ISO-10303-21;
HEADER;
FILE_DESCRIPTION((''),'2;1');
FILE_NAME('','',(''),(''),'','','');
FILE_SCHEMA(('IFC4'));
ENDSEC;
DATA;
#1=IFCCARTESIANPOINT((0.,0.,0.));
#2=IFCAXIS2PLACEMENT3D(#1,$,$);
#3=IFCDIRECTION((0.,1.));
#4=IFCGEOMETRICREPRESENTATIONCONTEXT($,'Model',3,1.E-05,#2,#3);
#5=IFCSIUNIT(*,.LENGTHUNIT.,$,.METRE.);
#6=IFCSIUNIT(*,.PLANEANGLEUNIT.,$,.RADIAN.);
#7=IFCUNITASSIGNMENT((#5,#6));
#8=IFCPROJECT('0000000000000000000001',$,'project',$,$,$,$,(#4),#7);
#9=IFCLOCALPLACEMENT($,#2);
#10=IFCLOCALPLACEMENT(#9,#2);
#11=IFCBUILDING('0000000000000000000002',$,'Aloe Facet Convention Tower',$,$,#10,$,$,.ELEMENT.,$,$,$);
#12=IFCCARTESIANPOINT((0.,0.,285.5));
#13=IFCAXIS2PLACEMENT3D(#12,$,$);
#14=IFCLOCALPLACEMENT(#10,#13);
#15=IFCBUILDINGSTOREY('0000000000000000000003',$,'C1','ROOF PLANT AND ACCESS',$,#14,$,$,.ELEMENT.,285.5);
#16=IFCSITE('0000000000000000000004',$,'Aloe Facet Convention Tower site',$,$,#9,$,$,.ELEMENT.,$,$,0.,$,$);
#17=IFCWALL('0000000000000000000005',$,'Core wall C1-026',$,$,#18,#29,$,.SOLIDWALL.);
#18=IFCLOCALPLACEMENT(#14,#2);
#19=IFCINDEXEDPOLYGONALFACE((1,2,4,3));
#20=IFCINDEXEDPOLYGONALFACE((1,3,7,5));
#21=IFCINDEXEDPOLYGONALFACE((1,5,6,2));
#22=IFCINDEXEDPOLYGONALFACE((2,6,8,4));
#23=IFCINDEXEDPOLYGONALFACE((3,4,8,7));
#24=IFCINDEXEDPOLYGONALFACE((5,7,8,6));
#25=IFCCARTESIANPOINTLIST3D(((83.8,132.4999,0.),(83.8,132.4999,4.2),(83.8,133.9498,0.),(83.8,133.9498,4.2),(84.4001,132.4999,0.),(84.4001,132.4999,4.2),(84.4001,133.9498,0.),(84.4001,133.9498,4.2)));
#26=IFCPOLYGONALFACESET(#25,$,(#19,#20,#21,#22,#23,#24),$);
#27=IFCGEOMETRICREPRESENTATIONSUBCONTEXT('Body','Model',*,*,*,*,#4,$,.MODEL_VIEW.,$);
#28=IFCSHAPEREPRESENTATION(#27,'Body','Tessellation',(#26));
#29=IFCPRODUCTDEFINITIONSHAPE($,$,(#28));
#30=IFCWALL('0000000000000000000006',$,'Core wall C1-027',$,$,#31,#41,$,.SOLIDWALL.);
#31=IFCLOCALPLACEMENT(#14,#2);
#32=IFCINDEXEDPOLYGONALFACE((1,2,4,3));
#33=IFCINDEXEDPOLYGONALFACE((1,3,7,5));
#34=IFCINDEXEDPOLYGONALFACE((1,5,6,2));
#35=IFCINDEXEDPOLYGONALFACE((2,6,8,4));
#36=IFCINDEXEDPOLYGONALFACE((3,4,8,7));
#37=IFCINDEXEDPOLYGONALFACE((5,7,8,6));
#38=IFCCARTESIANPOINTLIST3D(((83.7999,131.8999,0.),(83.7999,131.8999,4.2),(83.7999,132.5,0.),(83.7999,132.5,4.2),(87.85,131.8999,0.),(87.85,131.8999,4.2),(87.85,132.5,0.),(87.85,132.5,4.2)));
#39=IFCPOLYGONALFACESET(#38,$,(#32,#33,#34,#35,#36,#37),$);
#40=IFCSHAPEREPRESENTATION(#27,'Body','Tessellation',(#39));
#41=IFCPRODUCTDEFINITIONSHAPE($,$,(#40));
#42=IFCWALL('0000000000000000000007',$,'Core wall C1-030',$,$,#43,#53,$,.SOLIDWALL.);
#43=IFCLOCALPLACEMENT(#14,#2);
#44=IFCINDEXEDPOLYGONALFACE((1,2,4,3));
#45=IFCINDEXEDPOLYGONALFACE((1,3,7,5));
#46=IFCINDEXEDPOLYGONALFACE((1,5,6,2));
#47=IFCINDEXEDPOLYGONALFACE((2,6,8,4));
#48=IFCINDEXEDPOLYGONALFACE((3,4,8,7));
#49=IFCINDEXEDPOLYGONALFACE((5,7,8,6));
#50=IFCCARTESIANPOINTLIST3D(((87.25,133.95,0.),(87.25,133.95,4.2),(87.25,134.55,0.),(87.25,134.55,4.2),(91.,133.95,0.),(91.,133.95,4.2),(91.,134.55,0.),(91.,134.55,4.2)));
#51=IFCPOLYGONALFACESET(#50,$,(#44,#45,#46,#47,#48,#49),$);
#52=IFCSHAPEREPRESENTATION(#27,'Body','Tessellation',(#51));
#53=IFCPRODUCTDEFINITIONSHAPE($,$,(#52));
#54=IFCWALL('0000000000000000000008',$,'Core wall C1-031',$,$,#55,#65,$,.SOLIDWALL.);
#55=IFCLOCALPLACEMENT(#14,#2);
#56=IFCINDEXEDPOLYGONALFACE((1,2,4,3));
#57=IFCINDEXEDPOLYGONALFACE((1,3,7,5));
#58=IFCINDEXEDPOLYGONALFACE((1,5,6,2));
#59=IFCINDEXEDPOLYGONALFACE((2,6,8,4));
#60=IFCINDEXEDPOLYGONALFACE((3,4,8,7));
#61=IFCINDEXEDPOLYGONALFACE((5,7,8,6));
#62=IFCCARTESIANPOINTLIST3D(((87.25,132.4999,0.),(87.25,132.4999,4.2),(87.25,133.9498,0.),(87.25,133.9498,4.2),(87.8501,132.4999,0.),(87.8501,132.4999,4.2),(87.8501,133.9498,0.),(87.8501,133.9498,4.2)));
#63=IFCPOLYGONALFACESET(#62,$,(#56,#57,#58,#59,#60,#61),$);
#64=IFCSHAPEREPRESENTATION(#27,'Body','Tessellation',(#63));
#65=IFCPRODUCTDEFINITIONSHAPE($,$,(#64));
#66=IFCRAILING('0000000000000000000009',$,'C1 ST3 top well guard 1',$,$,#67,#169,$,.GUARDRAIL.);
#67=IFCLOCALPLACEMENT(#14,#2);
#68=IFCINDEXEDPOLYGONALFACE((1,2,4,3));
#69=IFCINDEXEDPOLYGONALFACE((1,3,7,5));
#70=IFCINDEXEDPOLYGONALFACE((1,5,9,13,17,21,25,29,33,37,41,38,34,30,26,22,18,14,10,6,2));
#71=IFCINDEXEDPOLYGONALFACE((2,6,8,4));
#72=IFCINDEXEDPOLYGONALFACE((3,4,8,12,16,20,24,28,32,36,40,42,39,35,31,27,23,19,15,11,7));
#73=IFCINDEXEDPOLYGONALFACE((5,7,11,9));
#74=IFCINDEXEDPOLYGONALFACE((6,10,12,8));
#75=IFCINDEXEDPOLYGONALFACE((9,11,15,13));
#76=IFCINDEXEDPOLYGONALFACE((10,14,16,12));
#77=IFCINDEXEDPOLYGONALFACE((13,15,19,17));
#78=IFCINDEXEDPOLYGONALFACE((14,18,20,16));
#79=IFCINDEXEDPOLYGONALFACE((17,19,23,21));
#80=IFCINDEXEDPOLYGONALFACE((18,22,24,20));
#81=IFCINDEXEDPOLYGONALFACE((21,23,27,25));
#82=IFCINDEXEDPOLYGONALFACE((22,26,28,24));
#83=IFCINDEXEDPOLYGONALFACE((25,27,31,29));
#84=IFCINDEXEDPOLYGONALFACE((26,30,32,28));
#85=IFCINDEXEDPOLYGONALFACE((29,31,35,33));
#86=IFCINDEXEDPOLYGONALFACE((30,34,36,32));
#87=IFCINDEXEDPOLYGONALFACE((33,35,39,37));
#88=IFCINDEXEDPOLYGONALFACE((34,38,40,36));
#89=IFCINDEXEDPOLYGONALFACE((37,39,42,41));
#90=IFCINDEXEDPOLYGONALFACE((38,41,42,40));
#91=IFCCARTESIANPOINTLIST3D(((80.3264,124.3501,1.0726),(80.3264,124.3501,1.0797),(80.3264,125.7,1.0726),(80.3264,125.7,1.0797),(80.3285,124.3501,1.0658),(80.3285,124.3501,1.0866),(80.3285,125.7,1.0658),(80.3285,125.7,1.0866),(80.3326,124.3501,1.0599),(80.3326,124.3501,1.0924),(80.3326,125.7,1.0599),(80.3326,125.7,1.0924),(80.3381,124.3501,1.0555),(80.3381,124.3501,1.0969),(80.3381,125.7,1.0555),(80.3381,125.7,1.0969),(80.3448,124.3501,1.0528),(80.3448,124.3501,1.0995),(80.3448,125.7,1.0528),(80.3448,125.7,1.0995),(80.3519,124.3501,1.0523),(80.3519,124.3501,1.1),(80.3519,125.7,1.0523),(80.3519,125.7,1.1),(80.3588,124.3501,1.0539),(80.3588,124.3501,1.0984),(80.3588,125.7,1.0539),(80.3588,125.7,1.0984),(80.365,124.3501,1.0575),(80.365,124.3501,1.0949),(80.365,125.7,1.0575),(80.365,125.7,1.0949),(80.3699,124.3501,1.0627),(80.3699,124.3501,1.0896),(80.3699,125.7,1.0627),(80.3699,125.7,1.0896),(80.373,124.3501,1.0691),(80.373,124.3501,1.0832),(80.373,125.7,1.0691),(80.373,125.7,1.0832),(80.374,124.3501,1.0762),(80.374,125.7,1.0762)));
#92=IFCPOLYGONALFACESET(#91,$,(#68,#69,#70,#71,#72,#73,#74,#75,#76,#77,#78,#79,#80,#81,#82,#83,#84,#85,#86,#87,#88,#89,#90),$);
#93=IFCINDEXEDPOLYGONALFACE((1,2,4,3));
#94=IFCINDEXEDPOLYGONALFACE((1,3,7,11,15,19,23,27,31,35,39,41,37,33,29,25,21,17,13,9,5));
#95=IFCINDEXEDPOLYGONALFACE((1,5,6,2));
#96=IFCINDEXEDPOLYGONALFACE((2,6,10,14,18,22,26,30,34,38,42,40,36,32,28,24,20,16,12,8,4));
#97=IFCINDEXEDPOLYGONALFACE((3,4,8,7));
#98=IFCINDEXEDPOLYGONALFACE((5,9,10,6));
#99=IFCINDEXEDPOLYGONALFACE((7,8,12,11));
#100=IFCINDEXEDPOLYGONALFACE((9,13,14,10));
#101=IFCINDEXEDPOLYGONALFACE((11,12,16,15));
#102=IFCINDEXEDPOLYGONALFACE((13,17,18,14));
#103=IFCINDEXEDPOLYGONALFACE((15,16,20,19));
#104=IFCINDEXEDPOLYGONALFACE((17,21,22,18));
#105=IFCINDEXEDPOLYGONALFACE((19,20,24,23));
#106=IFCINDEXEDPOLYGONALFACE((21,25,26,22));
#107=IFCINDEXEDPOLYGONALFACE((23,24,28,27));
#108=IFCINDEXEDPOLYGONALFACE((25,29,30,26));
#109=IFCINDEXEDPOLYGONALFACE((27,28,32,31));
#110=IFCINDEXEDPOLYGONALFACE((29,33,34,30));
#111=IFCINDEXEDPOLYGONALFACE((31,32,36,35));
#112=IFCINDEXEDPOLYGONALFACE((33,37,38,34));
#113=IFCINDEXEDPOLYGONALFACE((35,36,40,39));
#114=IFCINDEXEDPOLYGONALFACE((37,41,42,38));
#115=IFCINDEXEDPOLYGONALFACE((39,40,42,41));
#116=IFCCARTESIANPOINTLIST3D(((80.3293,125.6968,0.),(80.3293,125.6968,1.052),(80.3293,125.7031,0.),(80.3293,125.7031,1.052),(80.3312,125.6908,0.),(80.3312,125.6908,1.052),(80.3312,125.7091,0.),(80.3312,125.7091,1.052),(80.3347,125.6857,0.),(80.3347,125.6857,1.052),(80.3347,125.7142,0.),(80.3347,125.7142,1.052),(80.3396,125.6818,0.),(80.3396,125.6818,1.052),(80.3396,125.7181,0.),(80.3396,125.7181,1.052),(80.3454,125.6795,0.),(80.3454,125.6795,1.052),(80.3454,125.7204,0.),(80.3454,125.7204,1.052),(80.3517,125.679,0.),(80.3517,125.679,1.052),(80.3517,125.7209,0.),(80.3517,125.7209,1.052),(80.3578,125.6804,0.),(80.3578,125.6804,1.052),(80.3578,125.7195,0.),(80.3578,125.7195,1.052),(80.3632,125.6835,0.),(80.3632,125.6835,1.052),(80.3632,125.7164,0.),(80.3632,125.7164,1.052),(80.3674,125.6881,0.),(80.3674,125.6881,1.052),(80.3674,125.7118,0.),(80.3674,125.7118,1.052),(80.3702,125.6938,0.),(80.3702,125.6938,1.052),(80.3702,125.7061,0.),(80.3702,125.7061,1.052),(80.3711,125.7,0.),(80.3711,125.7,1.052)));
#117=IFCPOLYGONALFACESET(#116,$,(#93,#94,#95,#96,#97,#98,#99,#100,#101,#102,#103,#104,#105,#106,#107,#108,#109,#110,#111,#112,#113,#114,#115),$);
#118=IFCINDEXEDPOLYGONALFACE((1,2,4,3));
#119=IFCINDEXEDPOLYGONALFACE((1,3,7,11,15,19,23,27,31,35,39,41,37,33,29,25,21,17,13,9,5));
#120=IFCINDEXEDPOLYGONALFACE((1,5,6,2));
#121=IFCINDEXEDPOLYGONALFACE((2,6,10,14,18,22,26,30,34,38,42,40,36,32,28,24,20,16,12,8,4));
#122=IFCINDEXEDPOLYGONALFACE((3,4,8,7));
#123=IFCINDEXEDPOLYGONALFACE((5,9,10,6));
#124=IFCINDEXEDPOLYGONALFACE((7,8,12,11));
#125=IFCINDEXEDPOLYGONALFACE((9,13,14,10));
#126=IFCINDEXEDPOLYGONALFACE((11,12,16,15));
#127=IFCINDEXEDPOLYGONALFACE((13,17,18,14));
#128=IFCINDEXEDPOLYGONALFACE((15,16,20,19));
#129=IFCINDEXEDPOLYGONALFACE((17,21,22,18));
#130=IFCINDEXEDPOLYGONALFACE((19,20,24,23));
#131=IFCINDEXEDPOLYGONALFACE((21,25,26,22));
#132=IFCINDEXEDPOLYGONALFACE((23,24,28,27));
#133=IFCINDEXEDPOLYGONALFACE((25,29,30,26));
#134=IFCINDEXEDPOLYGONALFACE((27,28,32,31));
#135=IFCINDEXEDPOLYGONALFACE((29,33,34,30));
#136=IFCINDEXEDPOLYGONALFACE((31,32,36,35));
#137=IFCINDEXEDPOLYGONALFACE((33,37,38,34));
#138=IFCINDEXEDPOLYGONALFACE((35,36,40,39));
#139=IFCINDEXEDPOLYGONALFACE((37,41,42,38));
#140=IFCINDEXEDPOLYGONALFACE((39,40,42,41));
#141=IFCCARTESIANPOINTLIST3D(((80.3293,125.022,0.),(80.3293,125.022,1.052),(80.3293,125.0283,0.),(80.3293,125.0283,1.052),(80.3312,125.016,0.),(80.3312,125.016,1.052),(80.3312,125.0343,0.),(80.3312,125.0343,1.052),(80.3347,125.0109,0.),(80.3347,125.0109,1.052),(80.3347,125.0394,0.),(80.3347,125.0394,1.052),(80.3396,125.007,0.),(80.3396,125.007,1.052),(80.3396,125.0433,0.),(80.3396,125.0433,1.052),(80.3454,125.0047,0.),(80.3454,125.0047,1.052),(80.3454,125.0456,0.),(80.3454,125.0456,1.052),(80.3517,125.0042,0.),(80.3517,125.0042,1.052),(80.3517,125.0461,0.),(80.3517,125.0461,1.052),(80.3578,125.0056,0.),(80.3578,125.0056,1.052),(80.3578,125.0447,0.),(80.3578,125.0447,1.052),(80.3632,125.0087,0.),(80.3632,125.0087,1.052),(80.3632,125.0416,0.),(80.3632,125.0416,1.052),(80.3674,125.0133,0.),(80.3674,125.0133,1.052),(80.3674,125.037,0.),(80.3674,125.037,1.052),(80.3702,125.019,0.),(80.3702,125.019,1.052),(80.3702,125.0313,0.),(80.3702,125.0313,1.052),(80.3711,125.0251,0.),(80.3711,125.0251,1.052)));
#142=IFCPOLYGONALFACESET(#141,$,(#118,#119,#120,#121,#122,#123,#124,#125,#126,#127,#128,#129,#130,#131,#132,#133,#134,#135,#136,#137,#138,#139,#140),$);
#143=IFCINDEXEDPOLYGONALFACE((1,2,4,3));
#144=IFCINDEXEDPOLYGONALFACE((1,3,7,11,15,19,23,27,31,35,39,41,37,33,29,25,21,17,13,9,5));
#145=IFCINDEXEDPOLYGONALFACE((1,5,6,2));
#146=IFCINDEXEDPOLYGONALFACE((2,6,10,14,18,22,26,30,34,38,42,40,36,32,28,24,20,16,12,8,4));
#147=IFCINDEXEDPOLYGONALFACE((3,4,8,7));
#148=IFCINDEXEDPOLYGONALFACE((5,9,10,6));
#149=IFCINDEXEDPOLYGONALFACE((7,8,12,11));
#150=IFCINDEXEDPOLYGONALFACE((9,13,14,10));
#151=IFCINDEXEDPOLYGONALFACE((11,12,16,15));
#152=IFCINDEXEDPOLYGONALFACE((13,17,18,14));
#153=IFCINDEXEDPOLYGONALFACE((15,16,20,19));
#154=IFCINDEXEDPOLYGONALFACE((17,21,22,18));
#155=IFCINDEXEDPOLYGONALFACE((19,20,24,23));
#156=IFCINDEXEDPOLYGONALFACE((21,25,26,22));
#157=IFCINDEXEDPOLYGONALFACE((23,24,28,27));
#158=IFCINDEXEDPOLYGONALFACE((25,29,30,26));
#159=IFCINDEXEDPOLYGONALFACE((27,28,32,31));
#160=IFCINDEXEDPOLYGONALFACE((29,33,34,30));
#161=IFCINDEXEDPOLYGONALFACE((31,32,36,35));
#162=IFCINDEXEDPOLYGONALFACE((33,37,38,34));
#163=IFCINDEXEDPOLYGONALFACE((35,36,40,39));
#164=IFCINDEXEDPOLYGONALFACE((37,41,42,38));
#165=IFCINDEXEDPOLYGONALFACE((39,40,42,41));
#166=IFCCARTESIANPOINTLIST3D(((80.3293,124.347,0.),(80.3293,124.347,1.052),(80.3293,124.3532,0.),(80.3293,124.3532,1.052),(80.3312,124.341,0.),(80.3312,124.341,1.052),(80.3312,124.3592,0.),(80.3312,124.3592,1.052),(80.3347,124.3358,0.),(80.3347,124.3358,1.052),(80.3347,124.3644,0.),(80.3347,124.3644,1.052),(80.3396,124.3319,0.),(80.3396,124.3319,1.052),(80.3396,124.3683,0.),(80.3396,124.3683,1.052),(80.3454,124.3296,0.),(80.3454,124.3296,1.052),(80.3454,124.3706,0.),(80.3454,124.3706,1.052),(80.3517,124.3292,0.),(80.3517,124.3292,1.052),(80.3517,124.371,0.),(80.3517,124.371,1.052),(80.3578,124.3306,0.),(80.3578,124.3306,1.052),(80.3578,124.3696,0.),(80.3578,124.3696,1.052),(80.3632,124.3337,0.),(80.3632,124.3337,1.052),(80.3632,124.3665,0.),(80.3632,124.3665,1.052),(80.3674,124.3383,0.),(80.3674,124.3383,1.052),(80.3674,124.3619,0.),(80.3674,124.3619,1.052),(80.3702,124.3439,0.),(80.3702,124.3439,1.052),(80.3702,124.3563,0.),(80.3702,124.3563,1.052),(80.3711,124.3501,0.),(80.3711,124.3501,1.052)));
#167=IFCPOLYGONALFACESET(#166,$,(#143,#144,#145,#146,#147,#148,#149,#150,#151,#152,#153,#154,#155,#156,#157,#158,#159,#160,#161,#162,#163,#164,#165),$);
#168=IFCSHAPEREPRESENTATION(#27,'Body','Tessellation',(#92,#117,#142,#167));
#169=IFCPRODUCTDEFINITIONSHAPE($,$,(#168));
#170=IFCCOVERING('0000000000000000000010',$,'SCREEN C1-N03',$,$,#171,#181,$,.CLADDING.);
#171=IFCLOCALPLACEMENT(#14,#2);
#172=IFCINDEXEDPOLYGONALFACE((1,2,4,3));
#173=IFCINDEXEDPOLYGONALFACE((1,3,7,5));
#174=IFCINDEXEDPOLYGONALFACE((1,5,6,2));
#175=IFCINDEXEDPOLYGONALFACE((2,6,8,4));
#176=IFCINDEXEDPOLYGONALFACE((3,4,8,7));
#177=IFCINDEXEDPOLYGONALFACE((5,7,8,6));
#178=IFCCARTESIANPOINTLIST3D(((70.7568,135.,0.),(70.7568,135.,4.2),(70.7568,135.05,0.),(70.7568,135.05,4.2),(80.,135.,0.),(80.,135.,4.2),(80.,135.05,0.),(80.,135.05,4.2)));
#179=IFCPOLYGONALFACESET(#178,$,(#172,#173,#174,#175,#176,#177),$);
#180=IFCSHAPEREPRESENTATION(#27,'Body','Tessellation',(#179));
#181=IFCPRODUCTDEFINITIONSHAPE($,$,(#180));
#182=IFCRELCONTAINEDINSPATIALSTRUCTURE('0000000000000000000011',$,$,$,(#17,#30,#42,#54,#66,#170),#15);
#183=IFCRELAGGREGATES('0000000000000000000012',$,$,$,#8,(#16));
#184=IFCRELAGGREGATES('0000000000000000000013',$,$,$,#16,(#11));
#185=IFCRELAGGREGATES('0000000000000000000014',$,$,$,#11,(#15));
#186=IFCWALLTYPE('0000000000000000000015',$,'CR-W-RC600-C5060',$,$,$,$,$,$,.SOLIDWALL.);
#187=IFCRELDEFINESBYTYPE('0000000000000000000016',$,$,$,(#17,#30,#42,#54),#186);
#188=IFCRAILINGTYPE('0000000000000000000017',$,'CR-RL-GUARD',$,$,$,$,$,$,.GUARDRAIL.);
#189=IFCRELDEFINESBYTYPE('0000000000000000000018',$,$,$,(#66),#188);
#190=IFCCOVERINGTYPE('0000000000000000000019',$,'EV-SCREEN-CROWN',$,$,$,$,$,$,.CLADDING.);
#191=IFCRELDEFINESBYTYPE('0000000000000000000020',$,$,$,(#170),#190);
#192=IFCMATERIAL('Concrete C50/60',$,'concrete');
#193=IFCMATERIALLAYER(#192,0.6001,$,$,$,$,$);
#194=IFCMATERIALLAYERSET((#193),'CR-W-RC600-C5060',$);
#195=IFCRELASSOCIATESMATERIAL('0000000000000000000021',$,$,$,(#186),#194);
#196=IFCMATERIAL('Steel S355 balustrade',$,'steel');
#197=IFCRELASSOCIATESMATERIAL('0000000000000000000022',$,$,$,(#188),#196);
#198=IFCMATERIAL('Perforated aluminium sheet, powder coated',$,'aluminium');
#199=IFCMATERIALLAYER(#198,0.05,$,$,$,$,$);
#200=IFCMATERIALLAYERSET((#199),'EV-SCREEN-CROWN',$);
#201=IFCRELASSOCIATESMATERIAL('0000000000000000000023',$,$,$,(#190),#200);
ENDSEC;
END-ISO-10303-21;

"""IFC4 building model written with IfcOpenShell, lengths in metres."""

from ifc_helpers import new_model, si_unit, direction, frame, frame_2d, origin, origin_2d, place, context, subcontext, project, spatial, polyline, rectangle, circle, outline, extrude, material, layer, layer_set, type_object, element, save


model = new_model("IFC4")

# Units and contexts
model_context = context("Model", 3, precision=1e-05, world=origin(), true_north=direction((0.0, 1.0)))
body_context = subcontext(model_context, "Body", "Model", "MODEL_VIEW")
ifc_project = project(units=[si_unit("LENGTHUNIT", "METRE"), si_unit("PLANEANGLEUNIT", "RADIAN")], contexts=[model_context])

# Site, building, storey
site_placement = place(None, origin())
site = spatial("IfcSite", under=ifc_project, at=site_placement, Name="Aloe Facet Convention Tower site", CompositionType="ELEMENT", RefElevation=0.0)
building_placement = place(site_placement, origin())
building = spatial("IfcBuilding", under=site, at=building_placement, Name="Aloe Facet Convention Tower", CompositionType="ELEMENT")
storey_placement = place(building_placement, frame((0.0, 0.0, 285.5)))
storey = spatial("IfcBuildingStorey", under=building, at=storey_placement, Name="C1", Description="ROOF PLANT AND ACCESS", CompositionType="ELEMENT", Elevation=285.5)

# Walls
ifc_material_1 = material(Name="Concrete C50/60", Category="concrete")
ifc_layer_1 = layer(ifc_material_1, 0.6001)
ifc_layer_set_1 = layer_set([ifc_layer_1], Name="CR-W-RC600-C5060")
wall_type_1 = type_object("IfcWallType", Name="CR-W-RC600-C5060", PredefinedType="SOLIDWALL", material=ifc_layer_set_1)
wall_1_placement = place(storey_placement, frame((84.1001, 133.95, 0.0), z_axis=(0.0, 0.0, 1.0), x_axis=(0.0, -1.0, 0.0)))
element("IfcWall", 1, at=wall_1_placement, inside=storey, type_object=wall_type_1, Name="Core wall C1-026", PredefinedType="SOLIDWALL", context=body_context, shape_type="SweptSolid", body=[
    extrude(rectangle(XDim=1.45, YDim=0.6001, at=frame_2d((0.7251, 0.0))), origin(), (0.0, 0.0, 1.0), 4.2),
])
wall_2_placement = place(storey_placement, frame((83.8, 132.2, 0.0), z_axis=(0.0, 0.0, 1.0), x_axis=(1.0, 0.0, 0.0)))
element("IfcWall", 2, at=wall_2_placement, inside=storey, type_object=wall_type_1, Name="Core wall C1-027", PredefinedType="SOLIDWALL", context=body_context, shape_type="SweptSolid", body=[
    extrude(rectangle(XDim=4.05, YDim=0.6001, at=frame_2d((2.0249, 0.0))), origin(), (0.0, 0.0, 1.0), 4.2),
])
wall_3_placement = place(storey_placement, frame((87.25, 134.25, 0.0), z_axis=(0.0, 0.0, 1.0), x_axis=(1.0, 0.0, 0.0)))
element("IfcWall", 3, at=wall_3_placement, inside=storey, type_object=wall_type_1, Name="Core wall C1-030", PredefinedType="SOLIDWALL", context=body_context, shape_type="SweptSolid", body=[
    extrude(rectangle(XDim=3.75, YDim=0.6001, at=frame_2d((1.875, 0.0))), origin(), (0.0, 0.0, 1.0), 4.2),
])
wall_4_placement = place(storey_placement, frame((87.55, 133.95, 0.0), z_axis=(0.0, 0.0, 1.0), x_axis=(0.0, -1.0, 0.0)))
element("IfcWall", 4, at=wall_4_placement, inside=storey, type_object=wall_type_1, Name="Core wall C1-031", PredefinedType="SOLIDWALL", context=body_context, shape_type="SweptSolid", body=[
    extrude(rectangle(XDim=1.45, YDim=0.6001, at=frame_2d((0.7251, 0.0))), origin(), (0.0, 0.0, 1.0), 4.2),
])

# Railing
ifc_material_2 = material(Name="Steel S355 balustrade", Category="steel")
railing_type = type_object("IfcRailingType", Name="CR-RL-GUARD", PredefinedType="GUARDRAIL", material=ifc_material_2)
railing_placement = place(storey_placement, frame((80.3501, 125.7, 0.0)))
element("IfcRailing", 5, at=railing_placement, inside=storey, type_object=railing_type, Name="C1 ST3 top well guard 1", PredefinedType="GUARDRAIL", context=body_context, shape_type="SweptSolid", body=[
    extrude(circle(Radius=0.0239, at=origin_2d()), frame((0.0, 0.0, 1.0762), z_axis=(0.0, -1.0, 0.0), x_axis=(1.0, 0.0, 0.0)), (0.0, 0.0, 1.0), 1.3499),
    extrude(circle(Radius=0.021, at=origin_2d()), origin(), (0.0, 0.0, 1.0), 1.052),
    extrude(circle(Radius=0.021, at=origin_2d()), frame((0.0, -0.6748, 0.0)), (0.0, 0.0, 1.0), 1.052),
    extrude(circle(Radius=0.021, at=origin_2d()), frame((0.0, -1.3499, 0.0)), (0.0, 0.0, 1.0), 1.052),
])

# Covering
ifc_material_3 = material(Name="Perforated aluminium sheet, powder coated", Category="aluminium")
ifc_layer_2 = layer(ifc_material_3, 0.05)
ifc_layer_set_2 = layer_set([ifc_layer_2], Name="EV-SCREEN-CROWN")
covering_type = type_object("IfcCoveringType", Name="EV-SCREEN-CROWN", PredefinedType="CLADDING", material=ifc_layer_set_2)
covering_placement = place(storey_placement, frame((80.0, 135.0, 0.0), z_axis=(0.0, -1.0, 0.0), x_axis=(0.0, 0.0, 1.0)))
element("IfcCovering", 6, at=covering_placement, inside=storey, type_object=covering_type, Name="SCREEN C1-N03", PredefinedType="CLADDING", context=body_context, shape_type="SweptSolid", body=[
    extrude(outline(polyline([(0.0, 0.0), (4.2, 0.0), (4.2, 9.2432), (0.0, 9.2432), (0.0, 0.0)])), origin(), (0.0, 0.0, -1.0), 0.05),
])

save(model, "model.ifc")
